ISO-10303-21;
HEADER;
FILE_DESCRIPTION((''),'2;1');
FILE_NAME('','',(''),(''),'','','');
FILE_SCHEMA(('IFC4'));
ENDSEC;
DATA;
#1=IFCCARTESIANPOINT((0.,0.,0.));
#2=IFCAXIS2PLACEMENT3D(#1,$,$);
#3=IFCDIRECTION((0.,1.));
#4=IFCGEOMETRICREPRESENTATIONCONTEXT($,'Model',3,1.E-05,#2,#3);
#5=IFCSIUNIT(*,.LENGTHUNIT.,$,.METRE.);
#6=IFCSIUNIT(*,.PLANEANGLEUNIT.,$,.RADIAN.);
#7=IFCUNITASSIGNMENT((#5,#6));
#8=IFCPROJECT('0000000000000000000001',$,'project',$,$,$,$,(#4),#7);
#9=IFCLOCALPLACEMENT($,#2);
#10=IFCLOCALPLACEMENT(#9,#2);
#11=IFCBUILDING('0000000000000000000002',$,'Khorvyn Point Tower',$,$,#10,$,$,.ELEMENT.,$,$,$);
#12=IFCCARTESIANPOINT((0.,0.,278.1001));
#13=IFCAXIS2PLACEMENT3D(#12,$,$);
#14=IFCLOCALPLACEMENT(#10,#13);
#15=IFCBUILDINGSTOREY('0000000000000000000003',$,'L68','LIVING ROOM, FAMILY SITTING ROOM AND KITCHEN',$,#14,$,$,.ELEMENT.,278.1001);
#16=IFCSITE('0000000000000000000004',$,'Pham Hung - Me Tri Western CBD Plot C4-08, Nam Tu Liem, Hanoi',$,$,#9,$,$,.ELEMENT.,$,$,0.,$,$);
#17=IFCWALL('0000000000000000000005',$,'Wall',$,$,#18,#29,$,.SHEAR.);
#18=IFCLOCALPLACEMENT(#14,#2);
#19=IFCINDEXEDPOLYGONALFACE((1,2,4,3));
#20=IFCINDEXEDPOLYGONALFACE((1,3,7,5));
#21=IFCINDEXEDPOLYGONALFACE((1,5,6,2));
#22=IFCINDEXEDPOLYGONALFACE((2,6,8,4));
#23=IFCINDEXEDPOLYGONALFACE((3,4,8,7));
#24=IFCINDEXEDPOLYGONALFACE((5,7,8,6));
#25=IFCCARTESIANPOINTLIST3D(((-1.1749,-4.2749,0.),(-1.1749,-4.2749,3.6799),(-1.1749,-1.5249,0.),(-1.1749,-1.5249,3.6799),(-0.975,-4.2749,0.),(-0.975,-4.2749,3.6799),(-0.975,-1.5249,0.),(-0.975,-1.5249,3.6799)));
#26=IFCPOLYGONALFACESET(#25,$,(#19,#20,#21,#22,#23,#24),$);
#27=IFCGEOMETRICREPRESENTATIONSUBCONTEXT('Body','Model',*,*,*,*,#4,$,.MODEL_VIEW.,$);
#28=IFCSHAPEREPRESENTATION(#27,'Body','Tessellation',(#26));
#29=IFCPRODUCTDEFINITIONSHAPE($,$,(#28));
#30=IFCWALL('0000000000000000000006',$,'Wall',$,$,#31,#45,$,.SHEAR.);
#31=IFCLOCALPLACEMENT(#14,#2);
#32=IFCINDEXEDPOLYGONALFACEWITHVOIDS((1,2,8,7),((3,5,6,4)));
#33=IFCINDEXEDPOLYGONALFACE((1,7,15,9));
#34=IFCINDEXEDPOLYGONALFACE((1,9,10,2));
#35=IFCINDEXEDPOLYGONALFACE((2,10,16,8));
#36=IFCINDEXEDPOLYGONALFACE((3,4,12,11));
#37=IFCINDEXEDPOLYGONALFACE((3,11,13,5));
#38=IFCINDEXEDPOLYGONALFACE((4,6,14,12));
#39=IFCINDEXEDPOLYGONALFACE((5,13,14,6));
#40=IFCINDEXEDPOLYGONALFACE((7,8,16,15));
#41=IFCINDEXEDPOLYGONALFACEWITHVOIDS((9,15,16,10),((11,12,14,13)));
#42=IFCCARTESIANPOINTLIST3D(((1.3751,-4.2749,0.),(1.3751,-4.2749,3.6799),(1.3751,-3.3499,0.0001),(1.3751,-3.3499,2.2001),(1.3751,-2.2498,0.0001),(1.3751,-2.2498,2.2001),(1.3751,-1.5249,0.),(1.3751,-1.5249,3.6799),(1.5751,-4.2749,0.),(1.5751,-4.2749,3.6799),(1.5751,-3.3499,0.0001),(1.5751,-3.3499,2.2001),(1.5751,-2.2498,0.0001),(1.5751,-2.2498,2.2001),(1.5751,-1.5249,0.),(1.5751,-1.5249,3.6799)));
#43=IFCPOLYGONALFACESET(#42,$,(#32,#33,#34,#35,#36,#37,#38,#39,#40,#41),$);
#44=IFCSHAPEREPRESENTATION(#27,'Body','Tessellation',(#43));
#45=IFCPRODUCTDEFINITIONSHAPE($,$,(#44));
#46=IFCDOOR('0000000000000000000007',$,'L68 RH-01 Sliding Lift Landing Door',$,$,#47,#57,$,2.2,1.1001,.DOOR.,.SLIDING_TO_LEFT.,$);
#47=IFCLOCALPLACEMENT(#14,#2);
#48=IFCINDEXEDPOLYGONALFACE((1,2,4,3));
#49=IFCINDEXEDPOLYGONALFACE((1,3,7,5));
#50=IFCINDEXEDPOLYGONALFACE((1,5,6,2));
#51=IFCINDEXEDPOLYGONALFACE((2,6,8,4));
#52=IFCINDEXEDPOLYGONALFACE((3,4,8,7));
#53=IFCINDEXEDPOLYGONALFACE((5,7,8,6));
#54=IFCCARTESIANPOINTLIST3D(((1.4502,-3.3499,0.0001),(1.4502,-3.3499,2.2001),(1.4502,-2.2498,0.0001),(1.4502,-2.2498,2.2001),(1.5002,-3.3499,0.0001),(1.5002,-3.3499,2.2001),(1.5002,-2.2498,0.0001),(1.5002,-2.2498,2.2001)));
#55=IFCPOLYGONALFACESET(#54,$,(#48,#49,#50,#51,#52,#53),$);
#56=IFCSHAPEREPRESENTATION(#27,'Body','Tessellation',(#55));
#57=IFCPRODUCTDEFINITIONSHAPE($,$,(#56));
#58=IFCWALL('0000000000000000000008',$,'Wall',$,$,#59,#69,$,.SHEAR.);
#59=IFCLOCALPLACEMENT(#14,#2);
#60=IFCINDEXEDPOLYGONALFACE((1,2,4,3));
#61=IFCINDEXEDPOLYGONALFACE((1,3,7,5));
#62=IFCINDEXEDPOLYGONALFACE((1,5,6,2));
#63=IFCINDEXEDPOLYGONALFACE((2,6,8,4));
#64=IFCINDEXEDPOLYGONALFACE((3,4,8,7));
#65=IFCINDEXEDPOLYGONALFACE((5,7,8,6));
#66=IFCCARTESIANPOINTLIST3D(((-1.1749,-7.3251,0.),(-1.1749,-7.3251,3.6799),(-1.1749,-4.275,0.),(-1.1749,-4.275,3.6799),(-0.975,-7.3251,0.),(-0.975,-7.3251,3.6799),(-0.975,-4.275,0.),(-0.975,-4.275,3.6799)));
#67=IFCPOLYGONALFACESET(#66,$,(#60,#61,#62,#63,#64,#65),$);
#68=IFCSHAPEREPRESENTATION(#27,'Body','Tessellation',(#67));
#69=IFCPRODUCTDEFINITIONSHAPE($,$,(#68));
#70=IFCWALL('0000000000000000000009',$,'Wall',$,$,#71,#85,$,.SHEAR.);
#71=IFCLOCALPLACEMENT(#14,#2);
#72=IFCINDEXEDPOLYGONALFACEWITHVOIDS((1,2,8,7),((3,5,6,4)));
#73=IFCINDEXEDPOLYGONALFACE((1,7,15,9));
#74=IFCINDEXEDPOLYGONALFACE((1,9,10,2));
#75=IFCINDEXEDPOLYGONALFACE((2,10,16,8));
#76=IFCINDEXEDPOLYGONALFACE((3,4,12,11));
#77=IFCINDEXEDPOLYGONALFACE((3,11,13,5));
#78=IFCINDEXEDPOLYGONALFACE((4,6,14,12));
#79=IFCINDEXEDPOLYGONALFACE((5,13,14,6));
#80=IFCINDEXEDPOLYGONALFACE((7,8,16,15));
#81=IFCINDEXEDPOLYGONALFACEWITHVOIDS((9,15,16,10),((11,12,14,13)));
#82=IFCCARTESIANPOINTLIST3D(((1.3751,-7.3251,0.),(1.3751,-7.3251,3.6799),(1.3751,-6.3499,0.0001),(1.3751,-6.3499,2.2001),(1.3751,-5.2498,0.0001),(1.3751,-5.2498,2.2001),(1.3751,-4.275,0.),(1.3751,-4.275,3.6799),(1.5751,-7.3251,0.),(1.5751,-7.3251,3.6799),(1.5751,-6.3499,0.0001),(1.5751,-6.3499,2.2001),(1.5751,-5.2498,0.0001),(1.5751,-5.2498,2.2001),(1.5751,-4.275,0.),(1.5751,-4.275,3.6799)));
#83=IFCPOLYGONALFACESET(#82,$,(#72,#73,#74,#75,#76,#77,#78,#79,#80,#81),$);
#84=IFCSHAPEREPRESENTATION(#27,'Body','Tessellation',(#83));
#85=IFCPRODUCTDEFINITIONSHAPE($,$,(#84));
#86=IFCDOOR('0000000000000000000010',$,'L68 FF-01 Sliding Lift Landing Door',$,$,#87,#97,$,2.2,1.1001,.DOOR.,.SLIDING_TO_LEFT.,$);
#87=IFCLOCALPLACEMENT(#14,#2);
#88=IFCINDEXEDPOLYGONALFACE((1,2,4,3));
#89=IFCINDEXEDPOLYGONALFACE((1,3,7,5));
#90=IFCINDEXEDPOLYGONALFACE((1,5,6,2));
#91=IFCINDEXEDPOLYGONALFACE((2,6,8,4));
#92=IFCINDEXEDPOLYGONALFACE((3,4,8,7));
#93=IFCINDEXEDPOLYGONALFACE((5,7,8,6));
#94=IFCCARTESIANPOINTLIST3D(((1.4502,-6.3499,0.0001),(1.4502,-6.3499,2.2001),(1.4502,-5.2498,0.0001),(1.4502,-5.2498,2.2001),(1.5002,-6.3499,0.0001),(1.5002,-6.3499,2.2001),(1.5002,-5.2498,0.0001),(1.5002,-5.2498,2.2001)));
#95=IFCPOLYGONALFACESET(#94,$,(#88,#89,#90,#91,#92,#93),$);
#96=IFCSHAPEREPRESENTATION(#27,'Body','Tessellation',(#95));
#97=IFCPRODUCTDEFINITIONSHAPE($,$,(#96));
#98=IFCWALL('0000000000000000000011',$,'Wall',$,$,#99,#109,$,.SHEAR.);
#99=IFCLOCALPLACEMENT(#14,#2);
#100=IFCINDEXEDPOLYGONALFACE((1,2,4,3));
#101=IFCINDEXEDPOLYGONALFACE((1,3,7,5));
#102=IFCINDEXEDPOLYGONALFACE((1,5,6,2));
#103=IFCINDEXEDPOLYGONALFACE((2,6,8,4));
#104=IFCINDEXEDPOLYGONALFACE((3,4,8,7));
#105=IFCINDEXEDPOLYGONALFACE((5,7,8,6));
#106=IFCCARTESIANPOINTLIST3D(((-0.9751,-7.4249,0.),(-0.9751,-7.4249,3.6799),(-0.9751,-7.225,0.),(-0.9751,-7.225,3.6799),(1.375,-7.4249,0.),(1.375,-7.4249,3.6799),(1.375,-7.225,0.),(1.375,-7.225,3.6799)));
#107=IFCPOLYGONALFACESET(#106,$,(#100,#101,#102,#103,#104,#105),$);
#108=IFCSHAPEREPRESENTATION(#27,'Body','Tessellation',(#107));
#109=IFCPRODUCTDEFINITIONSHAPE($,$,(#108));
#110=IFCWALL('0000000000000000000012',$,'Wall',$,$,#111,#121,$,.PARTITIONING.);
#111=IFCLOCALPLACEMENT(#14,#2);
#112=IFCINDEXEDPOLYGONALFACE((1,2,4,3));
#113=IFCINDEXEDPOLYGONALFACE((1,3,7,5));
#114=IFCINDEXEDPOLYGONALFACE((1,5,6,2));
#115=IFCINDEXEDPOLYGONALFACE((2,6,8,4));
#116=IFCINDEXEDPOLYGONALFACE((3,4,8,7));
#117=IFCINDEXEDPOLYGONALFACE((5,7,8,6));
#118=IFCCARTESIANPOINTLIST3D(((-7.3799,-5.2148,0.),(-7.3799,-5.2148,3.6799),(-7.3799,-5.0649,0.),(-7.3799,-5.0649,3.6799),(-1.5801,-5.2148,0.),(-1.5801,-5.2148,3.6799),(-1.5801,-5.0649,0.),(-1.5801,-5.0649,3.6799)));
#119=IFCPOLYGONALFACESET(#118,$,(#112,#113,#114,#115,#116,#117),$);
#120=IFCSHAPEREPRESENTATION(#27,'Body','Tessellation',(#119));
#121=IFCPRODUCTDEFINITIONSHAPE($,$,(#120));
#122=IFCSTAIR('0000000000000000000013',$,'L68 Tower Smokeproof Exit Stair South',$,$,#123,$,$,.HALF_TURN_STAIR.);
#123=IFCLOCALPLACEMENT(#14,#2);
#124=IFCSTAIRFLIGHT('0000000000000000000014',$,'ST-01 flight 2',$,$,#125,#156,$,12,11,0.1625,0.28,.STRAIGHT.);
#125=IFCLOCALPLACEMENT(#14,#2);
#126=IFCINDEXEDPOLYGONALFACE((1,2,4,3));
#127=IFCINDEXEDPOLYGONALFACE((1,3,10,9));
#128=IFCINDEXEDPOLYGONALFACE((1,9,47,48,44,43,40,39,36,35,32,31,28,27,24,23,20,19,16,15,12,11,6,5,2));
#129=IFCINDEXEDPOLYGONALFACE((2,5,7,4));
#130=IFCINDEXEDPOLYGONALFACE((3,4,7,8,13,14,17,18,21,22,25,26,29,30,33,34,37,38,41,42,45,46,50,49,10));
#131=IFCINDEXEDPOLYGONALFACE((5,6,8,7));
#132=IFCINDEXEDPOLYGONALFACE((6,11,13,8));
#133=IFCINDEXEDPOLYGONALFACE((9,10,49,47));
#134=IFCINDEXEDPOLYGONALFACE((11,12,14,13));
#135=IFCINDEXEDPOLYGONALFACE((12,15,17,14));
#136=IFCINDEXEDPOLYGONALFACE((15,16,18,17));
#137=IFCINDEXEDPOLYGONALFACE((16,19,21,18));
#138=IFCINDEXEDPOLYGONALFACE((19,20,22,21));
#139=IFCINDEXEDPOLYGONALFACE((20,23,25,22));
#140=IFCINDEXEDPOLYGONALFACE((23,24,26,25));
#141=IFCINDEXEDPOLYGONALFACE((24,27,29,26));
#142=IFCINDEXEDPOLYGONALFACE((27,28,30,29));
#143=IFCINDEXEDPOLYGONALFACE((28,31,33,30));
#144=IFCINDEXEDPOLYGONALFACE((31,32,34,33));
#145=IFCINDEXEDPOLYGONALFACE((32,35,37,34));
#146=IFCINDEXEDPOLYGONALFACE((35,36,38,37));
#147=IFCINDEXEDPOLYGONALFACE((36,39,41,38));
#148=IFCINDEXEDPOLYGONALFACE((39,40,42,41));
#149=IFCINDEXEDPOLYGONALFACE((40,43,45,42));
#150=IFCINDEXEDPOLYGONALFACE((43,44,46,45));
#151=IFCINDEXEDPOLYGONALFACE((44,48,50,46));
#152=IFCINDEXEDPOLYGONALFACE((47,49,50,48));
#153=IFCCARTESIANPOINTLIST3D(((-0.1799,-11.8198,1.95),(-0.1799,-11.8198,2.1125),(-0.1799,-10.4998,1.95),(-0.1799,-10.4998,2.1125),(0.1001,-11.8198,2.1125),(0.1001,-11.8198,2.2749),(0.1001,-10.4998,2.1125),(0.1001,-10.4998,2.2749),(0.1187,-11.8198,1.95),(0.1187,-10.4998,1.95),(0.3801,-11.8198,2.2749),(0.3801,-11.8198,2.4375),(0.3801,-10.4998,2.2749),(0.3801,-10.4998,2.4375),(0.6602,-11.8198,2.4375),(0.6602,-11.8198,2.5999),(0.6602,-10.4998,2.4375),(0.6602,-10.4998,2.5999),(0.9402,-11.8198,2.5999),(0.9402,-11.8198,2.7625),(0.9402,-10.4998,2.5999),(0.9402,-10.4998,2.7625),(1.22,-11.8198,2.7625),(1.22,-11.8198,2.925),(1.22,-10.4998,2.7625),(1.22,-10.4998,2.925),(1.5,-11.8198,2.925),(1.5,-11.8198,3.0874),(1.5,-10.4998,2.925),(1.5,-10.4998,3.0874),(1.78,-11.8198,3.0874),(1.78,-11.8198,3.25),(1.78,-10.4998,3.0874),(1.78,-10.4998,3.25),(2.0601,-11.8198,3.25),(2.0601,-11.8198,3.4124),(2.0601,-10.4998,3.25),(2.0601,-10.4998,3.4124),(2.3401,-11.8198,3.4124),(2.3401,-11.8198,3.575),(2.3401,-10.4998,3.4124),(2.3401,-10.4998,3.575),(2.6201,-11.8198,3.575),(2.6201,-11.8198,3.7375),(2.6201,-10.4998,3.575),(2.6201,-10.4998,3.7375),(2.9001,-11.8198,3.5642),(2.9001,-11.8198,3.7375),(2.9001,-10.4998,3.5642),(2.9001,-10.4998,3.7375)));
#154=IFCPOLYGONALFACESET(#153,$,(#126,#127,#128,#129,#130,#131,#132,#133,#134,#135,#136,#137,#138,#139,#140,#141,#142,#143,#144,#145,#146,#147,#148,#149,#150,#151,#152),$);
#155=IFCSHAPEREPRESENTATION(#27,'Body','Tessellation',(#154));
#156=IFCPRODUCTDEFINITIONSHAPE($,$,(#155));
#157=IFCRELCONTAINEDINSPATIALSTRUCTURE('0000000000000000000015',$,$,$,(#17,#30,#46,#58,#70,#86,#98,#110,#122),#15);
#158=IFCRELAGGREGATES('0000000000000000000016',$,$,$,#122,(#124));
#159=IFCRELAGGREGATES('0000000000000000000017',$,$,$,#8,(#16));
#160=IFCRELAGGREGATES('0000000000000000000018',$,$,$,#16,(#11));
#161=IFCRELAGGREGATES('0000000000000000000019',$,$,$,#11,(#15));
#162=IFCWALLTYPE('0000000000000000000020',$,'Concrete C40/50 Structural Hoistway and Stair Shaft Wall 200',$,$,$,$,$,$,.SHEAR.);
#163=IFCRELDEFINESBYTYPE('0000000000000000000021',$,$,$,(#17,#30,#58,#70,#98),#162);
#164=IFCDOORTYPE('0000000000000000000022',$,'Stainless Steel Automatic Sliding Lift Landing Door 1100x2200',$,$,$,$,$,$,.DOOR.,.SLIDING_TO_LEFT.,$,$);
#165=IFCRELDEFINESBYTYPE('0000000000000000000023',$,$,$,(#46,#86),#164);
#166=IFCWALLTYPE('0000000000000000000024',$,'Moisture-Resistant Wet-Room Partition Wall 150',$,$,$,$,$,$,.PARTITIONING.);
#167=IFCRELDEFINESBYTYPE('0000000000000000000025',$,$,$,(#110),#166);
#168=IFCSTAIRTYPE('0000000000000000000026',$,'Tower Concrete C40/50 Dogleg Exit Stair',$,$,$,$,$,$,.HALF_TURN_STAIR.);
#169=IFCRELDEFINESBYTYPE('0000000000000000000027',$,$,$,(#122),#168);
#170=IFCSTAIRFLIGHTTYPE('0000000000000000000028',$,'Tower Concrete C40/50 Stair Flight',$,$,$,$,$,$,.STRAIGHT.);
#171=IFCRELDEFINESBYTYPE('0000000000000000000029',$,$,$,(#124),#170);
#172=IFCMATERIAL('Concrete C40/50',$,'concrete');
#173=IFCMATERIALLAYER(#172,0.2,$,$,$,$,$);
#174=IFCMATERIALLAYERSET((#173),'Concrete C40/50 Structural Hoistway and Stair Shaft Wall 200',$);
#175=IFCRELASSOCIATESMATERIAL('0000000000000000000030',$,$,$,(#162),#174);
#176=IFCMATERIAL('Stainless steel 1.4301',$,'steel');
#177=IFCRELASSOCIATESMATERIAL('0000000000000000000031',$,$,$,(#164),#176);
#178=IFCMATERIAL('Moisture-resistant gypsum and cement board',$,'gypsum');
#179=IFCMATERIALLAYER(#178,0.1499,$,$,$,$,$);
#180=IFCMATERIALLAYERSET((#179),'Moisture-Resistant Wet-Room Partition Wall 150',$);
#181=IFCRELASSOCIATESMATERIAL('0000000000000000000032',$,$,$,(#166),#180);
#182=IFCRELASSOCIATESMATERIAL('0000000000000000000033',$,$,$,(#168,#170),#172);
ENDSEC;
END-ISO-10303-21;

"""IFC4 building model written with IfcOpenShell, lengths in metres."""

from ifc_helpers import new_model, si_unit, direction, frame, frame_2d, origin, place, context, subcontext, project, spatial, polyline, rectangle, outline, extrude, material, layer, layer_set, type_object, element, fill, aggregate, save


model = new_model("IFC4")

# Units and contexts
model_context = context("Model", 3, precision=1e-05, world=origin(), true_north=direction((0.0, 1.0)))
body_context = subcontext(model_context, "Body", "Model", "MODEL_VIEW")
ifc_project = project(units=[si_unit("LENGTHUNIT", "METRE"), si_unit("PLANEANGLEUNIT", "RADIAN")], contexts=[model_context])

# Site, building, storey
site_placement = place(None, origin())
site = spatial("IfcSite", under=ifc_project, at=site_placement, Name="Pham Hung - Me Tri Western CBD Plot C4-08, Nam Tu Liem, Hanoi", CompositionType="ELEMENT", RefElevation=0.0)
building_placement = place(site_placement, origin())
building = spatial("IfcBuilding", under=site, at=building_placement, Name="Khorvyn Point Tower", CompositionType="ELEMENT")
storey_placement = place(building_placement, frame((0.0, 0.0, 278.1001)))
storey = spatial("IfcBuildingStorey", under=building, at=storey_placement, Name="L68", Description="LIVING ROOM, FAMILY SITTING ROOM AND KITCHEN", CompositionType="ELEMENT", Elevation=278.1001)

# Shared definitions
ifc_material_1 = material(Name="Concrete C40/50", Category="concrete")

# Wall
ifc_layer_1 = layer(ifc_material_1, 0.2)
ifc_layer_set_1 = layer_set([ifc_layer_1], Name="Concrete C40/50 Structural Hoistway and Stair Shaft Wall 200")
wall_type_1 = type_object("IfcWallType", Name="Concrete C40/50 Structural Hoistway and Stair Shaft Wall 200", PredefinedType="SHEAR", material=ifc_layer_set_1)
wall_1_placement = place(storey_placement, frame((-1.075, -4.2749, 0.0), z_axis=(0.0, 0.0, 1.0), x_axis=(0.0, 1.0, 0.0)))
element("IfcWall", 1, at=wall_1_placement, inside=storey, type_object=wall_type_1, Name="Wall", PredefinedType="SHEAR", context=body_context, shape_type="SweptSolid", body=[
    extrude(rectangle(XDim=2.75, YDim=0.2, at=frame_2d((1.375, 0.0))), origin(), (0.0, 0.0, 1.0), 3.6799),
])

# Wall, opening, door
wall_2_placement = place(storey_placement, frame((1.4751, -4.2749, 0.0), z_axis=(0.0, 0.0, 1.0), x_axis=(0.0, 1.0, 0.0)))
wall_2 = element("IfcWall", 2, at=wall_2_placement, inside=storey, type_object=wall_type_1, Name="Wall", PredefinedType="SHEAR", context=body_context, shape_type="SweptSolid", body=[
    extrude(rectangle(XDim=2.75, YDim=0.2, at=frame_2d((1.375, 0.0))), origin(), (0.0, 0.0, 1.0), 3.6799),
])
opening_1_placement = place(wall_2_placement, frame((0.925, 0.0, 0.0)))
opening_1 = element("IfcOpeningElement", 3, at=opening_1_placement, cuts=wall_2, PredefinedType="OPENING", context=body_context, shape_type="SweptSolid", body=[
    extrude(rectangle(XDim=1.1001, YDim=2.2, at=frame_2d((0.55, 1.1001))), frame((0.0, 0.1099, 0.0), z_axis=(0.0, -1.0, 0.0), x_axis=(1.0, 0.0, 0.0)), (0.0, 0.0, 1.0), 0.22),
])
ifc_material_2 = material(Name="Stainless steel 1.4301", Category="steel")
door_type_1 = type_object("IfcDoorType", Name="Stainless Steel Automatic Sliding Lift Landing Door 1100x2200", OperationType="SLIDING_TO_LEFT", PredefinedType="DOOR", material=ifc_material_2)
door_1_placement = place(opening_1_placement, origin())
door_1 = element("IfcDoor", 4, at=door_1_placement, inside=storey, type_object=door_type_1, Name="L68 RH-01 Sliding Lift Landing Door", OperationType="SLIDING_TO_LEFT", OverallHeight=2.2, OverallWidth=1.1001, PredefinedType="DOOR", context=body_context, shape_type="SweptSolid", body=[
    extrude(rectangle(XDim=1.1001, YDim=2.2, at=frame_2d((0.55, 1.1001))), frame((0.0, 0.0249, 0.0), z_axis=(0.0, -1.0, 0.0), x_axis=(1.0, 0.0, 0.0)), (0.0, 0.0, 1.0), 0.05),
])
fill(opening_1, door_1)

# Wall
wall_3_placement = place(storey_placement, frame((-1.075, -7.325, 0.0), z_axis=(0.0, 0.0, 1.0), x_axis=(0.0, 1.0, 0.0)))
element("IfcWall", 5, at=wall_3_placement, inside=storey, type_object=wall_type_1, Name="Wall", PredefinedType="SHEAR", context=body_context, shape_type="SweptSolid", body=[
    extrude(rectangle(XDim=3.05, YDim=0.2, at=frame_2d((1.5249, 0.0))), origin(), (0.0, 0.0, 1.0), 3.6799),
])

# Wall, opening, door
wall_4_placement = place(storey_placement, frame((1.4751, -7.325, 0.0), z_axis=(0.0, 0.0, 1.0), x_axis=(0.0, 1.0, 0.0)))
wall_4 = element("IfcWall", 6, at=wall_4_placement, inside=storey, type_object=wall_type_1, Name="Wall", PredefinedType="SHEAR", context=body_context, shape_type="SweptSolid", body=[
    extrude(rectangle(XDim=3.05, YDim=0.2, at=frame_2d((1.5249, 0.0))), origin(), (0.0, 0.0, 1.0), 3.6799),
])
opening_2_placement = place(wall_4_placement, frame((0.9751, 0.0, 0.0)))
opening_2 = element("IfcOpeningElement", 7, at=opening_2_placement, cuts=wall_4, PredefinedType="OPENING", context=body_context, shape_type="SweptSolid", body=[
    extrude(rectangle(XDim=1.1001, YDim=2.2, at=frame_2d((0.55, 1.1001))), frame((0.0, 0.1099, 0.0), z_axis=(0.0, -1.0, 0.0), x_axis=(1.0, 0.0, 0.0)), (0.0, 0.0, 1.0), 0.22),
])
door_2_placement = place(opening_2_placement, origin())
door_2 = element("IfcDoor", 8, at=door_2_placement, inside=storey, type_object=door_type_1, Name="L68 FF-01 Sliding Lift Landing Door", OperationType="SLIDING_TO_LEFT", OverallHeight=2.2, OverallWidth=1.1001, PredefinedType="DOOR", context=body_context, shape_type="SweptSolid", body=[
    extrude(rectangle(XDim=1.1001, YDim=2.2, at=frame_2d((0.55, 1.1001))), frame((0.0, 0.0249, 0.0), z_axis=(0.0, -1.0, 0.0), x_axis=(1.0, 0.0, 0.0)), (0.0, 0.0, 1.0), 0.05),
])
fill(opening_2, door_2)

# Walls
wall_5_placement = place(storey_placement, frame((-0.9751, -7.325, 0.0), z_axis=(0.0, 0.0, 1.0), x_axis=(1.0, 0.0, 0.0)))
element("IfcWall", 9, at=wall_5_placement, inside=storey, type_object=wall_type_1, Name="Wall", PredefinedType="SHEAR", context=body_context, shape_type="SweptSolid", body=[
    extrude(rectangle(XDim=2.3501, YDim=0.2, at=frame_2d((1.175, 0.0))), origin(), (0.0, 0.0, 1.0), 3.6799),
])
ifc_material_3 = material(Name="Moisture-resistant gypsum and cement board", Category="gypsum")
ifc_layer_2 = layer(ifc_material_3, 0.1499)
ifc_layer_set_2 = layer_set([ifc_layer_2], Name="Moisture-Resistant Wet-Room Partition Wall 150")
wall_type_2 = type_object("IfcWallType", Name="Moisture-Resistant Wet-Room Partition Wall 150", PredefinedType="PARTITIONING", material=ifc_layer_set_2)
wall_6_placement = place(storey_placement, frame((-7.3799, -5.1399, 0.0), z_axis=(0.0, 0.0, 1.0), x_axis=(1.0, 0.0, 0.0)))
element("IfcWall", 10, at=wall_6_placement, inside=storey, type_object=wall_type_2, Name="Wall", PredefinedType="PARTITIONING", context=body_context, shape_type="SweptSolid", body=[
    extrude(rectangle(XDim=5.7998, YDim=0.1499, at=frame_2d((2.8999, 0.0))), origin(), (0.0, 0.0, 1.0), 3.6799),
])

# Stair, stair flight
stair_type = type_object("IfcStairType", Name="Tower Concrete C40/50 Dogleg Exit Stair", PredefinedType="HALF_TURN_STAIR", material=ifc_material_1)
stair_placement = place(storey_placement, origin())
stair = element("IfcStair", 11, at=stair_placement, inside=storey, type_object=stair_type, Name="L68 Tower Smokeproof Exit Stair South", PredefinedType="HALF_TURN_STAIR")
stair_flight_type = type_object("IfcStairFlightType", Name="Tower Concrete C40/50 Stair Flight", PredefinedType="STRAIGHT", material=ifc_material_1)
stair_flight_placement = place(storey_placement, frame((-0.1799, -11.1599, 1.95), z_axis=(0.0, 0.0, 1.0), x_axis=(1.0, 0.0, 0.0)))
stair_flight = element("IfcStairFlight", 12, at=stair_flight_placement, type_object=stair_flight_type, Name="ST-01 flight 2", NumberOfRisers=12, NumberOfTreads=11, PredefinedType="STRAIGHT", RiserHeight=0.1625, TreadLength=0.28, context=body_context, shape_type="SweptSolid", body=[
    extrude(outline(polyline([(0.0, 0.0), (0.0, 0.1626), (0.28, 0.1626), (0.28, 0.325), (0.5601, 0.325), (0.5601, 0.4875), (0.8401, 0.4875), (0.8401, 0.6499), (1.1201, 0.6499), (1.1201, 0.8125), (1.3999, 0.8125), (1.3999, 0.9751), (1.6799, 0.9751), (1.6799, 1.1375), (1.96, 1.1375), (1.96, 1.3), (2.24, 1.3), (2.24, 1.4624), (2.52, 1.4624), (2.52, 1.625), (2.8, 1.625), (2.8, 1.7876), (3.0801, 1.7876), (3.0801, 1.95), (3.0801, 1.6143), (0.2986, 0.0), (0.0, 0.0)])), frame((0.0, 0.6602, 0.0), z_axis=(0.0, -1.0, 0.0), x_axis=(1.0, 0.0, 0.0)), (0.0, 0.0, 1.0), 1.3201),
])
aggregate(stair, [stair_flight])

save(model, "model.ifc")
